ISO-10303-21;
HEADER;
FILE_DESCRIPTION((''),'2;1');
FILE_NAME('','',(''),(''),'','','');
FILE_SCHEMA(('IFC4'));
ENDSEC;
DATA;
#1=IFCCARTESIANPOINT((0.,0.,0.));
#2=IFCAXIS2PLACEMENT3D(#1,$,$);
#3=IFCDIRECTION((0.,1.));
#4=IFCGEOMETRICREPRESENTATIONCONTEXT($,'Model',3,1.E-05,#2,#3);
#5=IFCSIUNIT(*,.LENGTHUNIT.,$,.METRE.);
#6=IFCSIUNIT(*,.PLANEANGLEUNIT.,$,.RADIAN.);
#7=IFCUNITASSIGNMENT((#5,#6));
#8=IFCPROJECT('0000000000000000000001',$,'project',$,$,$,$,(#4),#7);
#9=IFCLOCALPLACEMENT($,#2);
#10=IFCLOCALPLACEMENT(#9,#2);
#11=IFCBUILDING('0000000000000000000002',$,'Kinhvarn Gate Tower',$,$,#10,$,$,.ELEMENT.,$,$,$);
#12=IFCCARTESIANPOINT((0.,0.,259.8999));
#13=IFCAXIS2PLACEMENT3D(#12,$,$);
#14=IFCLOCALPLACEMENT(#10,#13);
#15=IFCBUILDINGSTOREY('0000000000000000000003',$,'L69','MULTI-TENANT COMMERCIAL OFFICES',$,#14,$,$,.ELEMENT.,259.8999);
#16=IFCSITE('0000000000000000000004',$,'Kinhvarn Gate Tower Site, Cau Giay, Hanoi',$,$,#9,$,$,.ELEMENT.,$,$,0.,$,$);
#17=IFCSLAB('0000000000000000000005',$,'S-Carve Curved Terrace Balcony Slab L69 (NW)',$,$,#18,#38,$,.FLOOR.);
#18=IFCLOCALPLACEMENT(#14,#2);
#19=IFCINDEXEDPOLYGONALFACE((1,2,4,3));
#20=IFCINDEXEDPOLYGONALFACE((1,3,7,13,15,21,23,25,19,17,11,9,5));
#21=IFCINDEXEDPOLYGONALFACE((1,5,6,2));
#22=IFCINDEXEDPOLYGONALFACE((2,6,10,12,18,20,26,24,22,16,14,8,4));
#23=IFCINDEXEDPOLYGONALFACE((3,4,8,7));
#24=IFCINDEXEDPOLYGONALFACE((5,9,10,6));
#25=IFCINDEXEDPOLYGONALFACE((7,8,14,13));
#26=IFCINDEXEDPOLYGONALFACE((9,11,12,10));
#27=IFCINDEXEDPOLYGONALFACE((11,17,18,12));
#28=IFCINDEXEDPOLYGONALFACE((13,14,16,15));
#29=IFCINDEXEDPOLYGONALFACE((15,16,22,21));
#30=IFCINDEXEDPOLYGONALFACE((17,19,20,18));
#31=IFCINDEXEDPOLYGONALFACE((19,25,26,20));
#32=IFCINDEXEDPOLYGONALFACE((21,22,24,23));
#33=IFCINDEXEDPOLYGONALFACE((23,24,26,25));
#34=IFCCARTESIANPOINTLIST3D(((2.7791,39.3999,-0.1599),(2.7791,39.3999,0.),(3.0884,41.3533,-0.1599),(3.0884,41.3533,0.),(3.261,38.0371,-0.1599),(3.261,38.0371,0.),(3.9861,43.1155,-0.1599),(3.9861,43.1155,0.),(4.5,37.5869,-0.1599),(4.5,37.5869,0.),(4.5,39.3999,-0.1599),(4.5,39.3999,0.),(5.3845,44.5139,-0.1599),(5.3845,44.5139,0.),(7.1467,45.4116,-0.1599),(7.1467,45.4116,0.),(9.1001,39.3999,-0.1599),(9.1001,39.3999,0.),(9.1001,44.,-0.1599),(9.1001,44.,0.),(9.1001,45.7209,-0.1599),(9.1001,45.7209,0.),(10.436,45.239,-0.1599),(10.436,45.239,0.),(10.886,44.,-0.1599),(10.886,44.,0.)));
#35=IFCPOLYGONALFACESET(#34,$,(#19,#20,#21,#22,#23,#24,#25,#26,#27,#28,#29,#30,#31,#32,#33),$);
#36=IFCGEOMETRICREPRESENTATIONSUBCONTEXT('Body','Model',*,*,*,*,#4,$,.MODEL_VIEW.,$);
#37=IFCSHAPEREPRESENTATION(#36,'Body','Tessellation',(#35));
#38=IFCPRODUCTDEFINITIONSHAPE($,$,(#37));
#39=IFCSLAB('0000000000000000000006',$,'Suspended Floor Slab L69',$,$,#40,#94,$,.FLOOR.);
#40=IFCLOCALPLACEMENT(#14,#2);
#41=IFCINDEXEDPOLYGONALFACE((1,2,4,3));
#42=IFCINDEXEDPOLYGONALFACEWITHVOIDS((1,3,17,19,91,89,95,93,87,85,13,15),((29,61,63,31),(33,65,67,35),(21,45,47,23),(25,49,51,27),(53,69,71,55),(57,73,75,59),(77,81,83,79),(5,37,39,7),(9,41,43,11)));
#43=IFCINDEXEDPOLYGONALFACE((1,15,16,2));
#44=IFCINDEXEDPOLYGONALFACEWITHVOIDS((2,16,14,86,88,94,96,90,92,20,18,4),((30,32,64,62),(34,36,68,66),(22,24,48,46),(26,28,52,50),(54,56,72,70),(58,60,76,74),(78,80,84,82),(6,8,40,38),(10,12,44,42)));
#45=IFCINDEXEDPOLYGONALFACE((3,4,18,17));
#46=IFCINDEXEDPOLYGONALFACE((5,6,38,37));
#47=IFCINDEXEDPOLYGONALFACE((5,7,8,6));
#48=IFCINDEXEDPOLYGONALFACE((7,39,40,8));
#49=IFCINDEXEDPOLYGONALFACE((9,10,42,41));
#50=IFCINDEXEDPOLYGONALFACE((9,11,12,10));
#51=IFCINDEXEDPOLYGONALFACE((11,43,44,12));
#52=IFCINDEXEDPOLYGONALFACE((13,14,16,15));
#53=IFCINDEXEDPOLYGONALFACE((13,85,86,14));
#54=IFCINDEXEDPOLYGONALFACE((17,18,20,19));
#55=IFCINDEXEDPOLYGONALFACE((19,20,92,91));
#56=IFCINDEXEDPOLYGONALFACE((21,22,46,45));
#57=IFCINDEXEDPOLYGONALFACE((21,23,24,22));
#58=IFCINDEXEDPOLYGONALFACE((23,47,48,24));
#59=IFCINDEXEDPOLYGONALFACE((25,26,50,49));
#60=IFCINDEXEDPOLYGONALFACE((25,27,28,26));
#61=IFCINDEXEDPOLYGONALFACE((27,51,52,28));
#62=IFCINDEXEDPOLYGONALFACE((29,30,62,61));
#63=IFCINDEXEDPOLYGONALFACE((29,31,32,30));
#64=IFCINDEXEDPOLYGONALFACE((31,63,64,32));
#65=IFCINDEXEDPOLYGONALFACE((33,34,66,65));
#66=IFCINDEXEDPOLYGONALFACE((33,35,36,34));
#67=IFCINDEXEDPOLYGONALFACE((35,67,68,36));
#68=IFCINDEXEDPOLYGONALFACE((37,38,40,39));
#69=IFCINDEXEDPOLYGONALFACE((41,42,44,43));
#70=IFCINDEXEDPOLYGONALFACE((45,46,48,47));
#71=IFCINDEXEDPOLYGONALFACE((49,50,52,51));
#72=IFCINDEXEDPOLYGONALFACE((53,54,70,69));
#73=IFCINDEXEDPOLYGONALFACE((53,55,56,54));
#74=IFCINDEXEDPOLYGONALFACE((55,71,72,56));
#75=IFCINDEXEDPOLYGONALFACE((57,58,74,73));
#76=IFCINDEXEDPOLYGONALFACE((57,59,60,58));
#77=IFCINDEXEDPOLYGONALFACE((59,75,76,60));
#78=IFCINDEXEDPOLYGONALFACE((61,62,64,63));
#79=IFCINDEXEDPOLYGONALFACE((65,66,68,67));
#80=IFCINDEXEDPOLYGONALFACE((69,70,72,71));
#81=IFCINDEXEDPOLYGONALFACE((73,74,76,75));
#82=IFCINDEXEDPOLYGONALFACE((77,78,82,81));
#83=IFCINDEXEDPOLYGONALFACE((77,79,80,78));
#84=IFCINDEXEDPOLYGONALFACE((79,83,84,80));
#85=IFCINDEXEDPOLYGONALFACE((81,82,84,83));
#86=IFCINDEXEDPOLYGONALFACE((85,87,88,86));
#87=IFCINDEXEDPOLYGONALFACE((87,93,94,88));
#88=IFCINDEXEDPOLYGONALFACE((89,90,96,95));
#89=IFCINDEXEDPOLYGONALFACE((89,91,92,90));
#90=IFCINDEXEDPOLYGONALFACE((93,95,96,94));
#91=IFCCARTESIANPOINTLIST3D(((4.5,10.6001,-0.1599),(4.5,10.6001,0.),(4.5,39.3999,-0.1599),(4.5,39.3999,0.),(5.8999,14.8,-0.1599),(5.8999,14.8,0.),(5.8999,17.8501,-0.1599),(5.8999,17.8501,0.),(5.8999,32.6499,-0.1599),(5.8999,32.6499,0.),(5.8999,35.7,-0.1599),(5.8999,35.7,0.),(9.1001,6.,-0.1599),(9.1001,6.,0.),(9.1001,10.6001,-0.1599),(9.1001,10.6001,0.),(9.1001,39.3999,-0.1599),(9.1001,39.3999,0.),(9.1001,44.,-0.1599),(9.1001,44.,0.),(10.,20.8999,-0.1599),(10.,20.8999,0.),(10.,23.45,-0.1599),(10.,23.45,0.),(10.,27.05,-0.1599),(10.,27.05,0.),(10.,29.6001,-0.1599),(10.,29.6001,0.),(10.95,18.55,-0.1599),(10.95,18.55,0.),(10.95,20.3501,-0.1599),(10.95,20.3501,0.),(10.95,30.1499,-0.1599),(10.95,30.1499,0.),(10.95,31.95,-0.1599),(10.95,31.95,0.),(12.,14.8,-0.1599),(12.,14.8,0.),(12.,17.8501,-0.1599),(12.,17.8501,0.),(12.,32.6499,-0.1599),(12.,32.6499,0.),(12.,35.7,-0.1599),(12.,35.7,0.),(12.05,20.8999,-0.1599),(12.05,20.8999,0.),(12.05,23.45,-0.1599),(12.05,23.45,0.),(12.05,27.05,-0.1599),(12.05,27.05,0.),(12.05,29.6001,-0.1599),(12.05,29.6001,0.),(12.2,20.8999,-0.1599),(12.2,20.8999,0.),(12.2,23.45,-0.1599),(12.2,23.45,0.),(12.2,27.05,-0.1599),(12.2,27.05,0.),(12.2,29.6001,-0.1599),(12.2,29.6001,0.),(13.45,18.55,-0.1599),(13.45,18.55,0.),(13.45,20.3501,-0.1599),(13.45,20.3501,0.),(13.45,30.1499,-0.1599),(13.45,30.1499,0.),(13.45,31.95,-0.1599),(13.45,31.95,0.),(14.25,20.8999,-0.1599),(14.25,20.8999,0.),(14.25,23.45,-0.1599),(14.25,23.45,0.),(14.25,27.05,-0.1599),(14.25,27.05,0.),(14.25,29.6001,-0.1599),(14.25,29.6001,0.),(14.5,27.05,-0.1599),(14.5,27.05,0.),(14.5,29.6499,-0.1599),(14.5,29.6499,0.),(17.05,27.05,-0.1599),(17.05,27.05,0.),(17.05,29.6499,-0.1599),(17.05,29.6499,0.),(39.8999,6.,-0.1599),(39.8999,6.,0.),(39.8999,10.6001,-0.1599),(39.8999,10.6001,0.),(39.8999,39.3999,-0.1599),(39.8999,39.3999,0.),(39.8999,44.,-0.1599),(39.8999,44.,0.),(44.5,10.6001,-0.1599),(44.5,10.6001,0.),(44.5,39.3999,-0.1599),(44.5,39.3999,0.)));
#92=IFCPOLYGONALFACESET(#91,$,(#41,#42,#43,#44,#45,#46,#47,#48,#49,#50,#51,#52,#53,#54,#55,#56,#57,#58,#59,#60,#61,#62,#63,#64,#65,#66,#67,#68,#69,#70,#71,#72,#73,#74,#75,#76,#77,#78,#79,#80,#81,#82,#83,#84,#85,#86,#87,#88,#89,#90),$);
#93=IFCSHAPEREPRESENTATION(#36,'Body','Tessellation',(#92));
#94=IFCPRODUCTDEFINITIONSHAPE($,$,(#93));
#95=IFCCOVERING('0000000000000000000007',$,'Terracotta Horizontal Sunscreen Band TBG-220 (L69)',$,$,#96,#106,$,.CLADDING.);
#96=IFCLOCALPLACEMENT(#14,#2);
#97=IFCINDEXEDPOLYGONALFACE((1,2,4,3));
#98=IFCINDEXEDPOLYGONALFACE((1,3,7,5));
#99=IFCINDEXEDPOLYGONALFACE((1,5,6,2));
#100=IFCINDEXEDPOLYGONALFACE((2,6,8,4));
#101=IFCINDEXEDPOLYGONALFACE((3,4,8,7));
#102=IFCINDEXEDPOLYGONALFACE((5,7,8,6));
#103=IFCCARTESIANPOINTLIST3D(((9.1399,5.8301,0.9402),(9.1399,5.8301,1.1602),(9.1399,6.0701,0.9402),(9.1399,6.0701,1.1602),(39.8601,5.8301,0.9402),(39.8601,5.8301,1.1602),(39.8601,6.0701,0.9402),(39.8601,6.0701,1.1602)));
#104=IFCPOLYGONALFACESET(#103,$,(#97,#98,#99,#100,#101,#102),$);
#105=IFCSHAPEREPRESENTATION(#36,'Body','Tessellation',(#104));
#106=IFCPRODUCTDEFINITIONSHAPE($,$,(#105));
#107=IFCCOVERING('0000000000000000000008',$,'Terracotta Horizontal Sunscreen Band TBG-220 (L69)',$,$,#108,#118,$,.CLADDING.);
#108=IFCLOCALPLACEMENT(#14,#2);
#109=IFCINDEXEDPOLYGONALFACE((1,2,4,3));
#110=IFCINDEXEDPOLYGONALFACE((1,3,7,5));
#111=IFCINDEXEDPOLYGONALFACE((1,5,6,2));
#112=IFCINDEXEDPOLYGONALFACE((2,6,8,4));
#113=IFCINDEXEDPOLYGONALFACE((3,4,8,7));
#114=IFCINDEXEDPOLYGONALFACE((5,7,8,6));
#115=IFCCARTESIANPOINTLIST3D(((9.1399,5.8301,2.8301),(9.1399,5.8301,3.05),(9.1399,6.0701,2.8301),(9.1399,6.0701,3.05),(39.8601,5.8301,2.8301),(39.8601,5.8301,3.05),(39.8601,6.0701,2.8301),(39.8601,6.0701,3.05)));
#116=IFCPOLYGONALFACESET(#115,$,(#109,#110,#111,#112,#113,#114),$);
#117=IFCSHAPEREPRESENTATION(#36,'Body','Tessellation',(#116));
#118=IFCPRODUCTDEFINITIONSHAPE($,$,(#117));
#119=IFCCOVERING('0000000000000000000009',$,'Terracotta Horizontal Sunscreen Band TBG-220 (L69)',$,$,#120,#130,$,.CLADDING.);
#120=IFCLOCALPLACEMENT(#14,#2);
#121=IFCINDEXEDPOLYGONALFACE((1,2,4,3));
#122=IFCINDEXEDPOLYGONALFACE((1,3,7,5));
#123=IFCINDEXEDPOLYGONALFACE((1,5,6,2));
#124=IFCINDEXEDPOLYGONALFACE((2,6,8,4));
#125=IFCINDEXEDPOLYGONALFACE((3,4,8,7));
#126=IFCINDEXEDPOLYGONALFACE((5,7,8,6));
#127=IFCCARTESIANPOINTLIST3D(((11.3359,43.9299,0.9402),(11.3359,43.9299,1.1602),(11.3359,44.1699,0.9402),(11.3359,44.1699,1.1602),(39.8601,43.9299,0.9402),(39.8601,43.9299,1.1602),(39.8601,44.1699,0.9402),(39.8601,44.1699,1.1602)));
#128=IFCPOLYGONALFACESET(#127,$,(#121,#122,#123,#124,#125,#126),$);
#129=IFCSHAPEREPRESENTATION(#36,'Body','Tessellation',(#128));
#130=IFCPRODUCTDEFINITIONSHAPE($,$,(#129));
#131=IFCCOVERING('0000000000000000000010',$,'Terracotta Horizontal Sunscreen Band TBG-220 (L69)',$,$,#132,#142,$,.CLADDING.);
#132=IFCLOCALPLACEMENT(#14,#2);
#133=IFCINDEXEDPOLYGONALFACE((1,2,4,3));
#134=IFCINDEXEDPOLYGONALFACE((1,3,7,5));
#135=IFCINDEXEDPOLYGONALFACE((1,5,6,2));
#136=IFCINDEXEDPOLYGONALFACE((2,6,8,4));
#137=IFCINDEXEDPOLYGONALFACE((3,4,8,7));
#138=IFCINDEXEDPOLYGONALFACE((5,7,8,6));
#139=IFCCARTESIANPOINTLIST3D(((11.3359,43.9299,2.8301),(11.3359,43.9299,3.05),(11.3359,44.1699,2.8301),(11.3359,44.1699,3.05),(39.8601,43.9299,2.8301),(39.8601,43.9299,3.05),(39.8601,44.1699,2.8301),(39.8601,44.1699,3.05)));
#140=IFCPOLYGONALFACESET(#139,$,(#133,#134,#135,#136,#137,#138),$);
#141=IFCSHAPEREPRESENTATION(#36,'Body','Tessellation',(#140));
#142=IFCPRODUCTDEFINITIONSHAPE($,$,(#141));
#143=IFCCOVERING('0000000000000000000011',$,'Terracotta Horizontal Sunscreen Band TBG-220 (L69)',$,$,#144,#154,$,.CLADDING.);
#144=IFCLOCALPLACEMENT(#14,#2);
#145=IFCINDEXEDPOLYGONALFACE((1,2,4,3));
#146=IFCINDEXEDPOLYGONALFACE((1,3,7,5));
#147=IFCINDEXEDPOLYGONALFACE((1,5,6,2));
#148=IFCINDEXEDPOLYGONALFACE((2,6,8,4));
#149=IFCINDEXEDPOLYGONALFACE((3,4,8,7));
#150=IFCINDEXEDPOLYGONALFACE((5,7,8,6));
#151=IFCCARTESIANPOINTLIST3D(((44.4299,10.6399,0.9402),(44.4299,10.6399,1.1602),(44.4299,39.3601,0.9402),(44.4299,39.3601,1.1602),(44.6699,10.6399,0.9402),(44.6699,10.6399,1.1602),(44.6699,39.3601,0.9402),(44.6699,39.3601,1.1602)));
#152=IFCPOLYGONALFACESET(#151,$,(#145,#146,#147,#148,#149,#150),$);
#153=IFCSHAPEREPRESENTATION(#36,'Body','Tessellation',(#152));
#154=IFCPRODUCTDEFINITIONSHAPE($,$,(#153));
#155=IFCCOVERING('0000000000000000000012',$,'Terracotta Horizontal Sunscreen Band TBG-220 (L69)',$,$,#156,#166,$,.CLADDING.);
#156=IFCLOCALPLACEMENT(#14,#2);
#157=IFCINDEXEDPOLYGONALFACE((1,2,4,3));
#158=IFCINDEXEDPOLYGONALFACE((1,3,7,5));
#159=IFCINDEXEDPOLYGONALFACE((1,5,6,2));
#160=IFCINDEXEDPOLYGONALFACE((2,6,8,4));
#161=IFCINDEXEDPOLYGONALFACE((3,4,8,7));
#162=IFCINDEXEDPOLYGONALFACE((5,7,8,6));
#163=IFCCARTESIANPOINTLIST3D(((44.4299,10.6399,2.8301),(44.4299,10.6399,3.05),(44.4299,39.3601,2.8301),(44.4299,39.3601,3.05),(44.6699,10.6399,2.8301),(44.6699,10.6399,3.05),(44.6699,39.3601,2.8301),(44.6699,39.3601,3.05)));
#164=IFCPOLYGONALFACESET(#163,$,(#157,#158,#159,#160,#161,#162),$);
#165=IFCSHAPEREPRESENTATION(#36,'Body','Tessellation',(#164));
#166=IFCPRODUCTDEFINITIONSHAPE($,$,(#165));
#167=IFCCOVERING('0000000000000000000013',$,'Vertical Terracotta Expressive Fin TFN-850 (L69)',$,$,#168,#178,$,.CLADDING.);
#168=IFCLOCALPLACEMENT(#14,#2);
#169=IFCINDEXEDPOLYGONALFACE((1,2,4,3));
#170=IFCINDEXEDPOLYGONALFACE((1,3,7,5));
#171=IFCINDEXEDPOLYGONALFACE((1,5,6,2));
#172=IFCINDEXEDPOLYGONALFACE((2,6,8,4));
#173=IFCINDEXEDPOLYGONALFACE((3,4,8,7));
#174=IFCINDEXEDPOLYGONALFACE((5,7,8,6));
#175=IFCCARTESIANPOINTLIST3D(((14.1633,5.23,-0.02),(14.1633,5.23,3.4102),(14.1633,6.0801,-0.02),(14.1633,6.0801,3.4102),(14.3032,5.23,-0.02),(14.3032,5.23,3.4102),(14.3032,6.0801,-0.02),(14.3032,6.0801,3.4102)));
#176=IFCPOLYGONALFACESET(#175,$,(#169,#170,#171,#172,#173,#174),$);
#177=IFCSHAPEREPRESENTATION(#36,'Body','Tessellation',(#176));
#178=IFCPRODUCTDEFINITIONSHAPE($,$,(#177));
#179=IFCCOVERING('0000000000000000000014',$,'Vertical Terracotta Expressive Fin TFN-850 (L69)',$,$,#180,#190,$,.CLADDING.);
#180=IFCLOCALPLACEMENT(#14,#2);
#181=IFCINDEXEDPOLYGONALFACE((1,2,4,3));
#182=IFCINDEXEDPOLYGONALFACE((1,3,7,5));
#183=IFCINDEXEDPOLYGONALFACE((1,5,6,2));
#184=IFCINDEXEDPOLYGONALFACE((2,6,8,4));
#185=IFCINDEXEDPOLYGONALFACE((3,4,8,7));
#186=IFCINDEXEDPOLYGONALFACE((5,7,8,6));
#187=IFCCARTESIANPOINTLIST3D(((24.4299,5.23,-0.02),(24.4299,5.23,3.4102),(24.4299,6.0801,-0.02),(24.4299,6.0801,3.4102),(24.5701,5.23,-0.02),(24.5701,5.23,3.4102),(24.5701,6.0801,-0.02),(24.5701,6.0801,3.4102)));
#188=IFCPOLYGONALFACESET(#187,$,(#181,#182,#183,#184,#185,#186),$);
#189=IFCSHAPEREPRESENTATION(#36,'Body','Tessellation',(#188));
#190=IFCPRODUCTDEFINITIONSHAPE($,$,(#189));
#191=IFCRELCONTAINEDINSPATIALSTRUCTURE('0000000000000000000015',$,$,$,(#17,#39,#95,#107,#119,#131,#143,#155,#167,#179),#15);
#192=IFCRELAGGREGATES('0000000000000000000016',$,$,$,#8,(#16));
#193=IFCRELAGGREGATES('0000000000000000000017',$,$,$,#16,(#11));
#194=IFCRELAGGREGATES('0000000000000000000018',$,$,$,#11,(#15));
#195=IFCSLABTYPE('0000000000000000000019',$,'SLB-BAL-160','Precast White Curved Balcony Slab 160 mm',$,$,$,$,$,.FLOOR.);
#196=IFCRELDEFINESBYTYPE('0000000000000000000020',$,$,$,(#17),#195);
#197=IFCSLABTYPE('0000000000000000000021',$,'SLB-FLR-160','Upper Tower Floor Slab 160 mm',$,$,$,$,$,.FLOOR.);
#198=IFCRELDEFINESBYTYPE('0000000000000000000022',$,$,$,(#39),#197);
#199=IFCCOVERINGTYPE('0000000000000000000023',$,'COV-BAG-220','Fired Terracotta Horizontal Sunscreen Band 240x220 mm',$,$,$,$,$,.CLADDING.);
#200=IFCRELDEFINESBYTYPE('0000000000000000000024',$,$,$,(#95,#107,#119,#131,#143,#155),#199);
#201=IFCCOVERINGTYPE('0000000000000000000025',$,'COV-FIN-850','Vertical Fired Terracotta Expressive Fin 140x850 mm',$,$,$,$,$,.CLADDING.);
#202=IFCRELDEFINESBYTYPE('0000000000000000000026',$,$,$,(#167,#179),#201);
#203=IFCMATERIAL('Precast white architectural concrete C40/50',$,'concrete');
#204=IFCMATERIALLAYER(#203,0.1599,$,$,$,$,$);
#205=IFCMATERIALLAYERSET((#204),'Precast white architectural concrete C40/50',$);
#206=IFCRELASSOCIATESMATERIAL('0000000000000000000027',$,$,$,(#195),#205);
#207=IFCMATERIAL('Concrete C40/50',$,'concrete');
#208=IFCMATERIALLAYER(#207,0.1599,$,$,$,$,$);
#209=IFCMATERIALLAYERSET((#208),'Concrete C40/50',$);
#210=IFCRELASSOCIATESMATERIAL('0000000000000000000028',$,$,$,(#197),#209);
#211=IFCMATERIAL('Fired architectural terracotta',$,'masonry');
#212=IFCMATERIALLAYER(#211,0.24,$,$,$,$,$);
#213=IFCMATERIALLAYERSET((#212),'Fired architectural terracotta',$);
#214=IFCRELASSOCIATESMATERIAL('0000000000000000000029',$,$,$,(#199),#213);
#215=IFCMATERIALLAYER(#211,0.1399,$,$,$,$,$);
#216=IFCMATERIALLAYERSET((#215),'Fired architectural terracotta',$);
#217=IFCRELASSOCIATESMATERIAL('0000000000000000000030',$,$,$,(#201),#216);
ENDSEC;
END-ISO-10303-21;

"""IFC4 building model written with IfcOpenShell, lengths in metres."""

from ifc_helpers import new_model, si_unit, direction, frame, origin, place, context, subcontext, project, spatial, polyline, outline, extrude, material, layer, layer_set, type_object, element, save


model = new_model("IFC4")

# Units and contexts
model_context = context("Model", 3, precision=1e-05, world=origin(), true_north=direction((0.0, 1.0)))
body_context = subcontext(model_context, "Body", "Model", "MODEL_VIEW")
ifc_project = project(units=[si_unit("LENGTHUNIT", "METRE"), si_unit("PLANEANGLEUNIT", "RADIAN")], contexts=[model_context])

# Site, building, storey
site_placement = place(None, origin())
site = spatial("IfcSite", under=ifc_project, at=site_placement, Name="Kinhvarn Gate Tower Site, Cau Giay, Hanoi", CompositionType="ELEMENT", RefElevation=0.0)
building_placement = place(site_placement, origin())
building = spatial("IfcBuilding", under=site, at=building_placement, Name="Kinhvarn Gate Tower", CompositionType="ELEMENT")
storey_placement = place(building_placement, frame((0.0, 0.0, 259.8999)))
storey = spatial("IfcBuildingStorey", under=building, at=storey_placement, Name="L69", Description="MULTI-TENANT COMMERCIAL OFFICES", CompositionType="ELEMENT", Elevation=259.8999)

# Slabs
ifc_material_1 = material(Name="Precast white architectural concrete C40/50", Category="concrete")
ifc_layer_1 = layer(ifc_material_1, 0.1599)
ifc_layer_set_1 = layer_set([ifc_layer_1], Name="Precast white architectural concrete C40/50")
slab_type_1 = type_object("IfcSlabType", Name="SLB-BAL-160", Description="Precast White Curved Balcony Slab 160 mm", PredefinedType="FLOOR", material=ifc_layer_set_1)
slab_1_placement = place(storey_placement, frame((0.0, 0.0, -0.1599)))
element("IfcSlab", 1, at=slab_1_placement, inside=storey, type_object=slab_type_1, Name="S-Carve Curved Terrace Balcony Slab L69 (NW)", PredefinedType="FLOOR", context=body_context, shape_type="SweptSolid", body=[
    extrude(outline(polyline([(10.886, 44.0), (10.436, 45.239), (9.1001, 45.7209), (7.1467, 45.4116), (5.3845, 44.5139), (3.9861, 43.1155), (3.0884, 41.3533), (2.7791, 39.3999), (3.261, 38.0371), (4.5, 37.5869), (4.5, 39.3999), (9.1001, 39.3999), (9.1001, 44.0), (10.886, 44.0)])), origin(), (0.0, 0.0, 1.0), 0.1599),
])
ifc_material_2 = material(Name="Concrete C40/50", Category="concrete")
ifc_layer_2 = layer(ifc_material_2, 0.1599)
ifc_layer_set_2 = layer_set([ifc_layer_2], Name="Concrete C40/50")
slab_type_2 = type_object("IfcSlabType", Name="SLB-FLR-160", Description="Upper Tower Floor Slab 160 mm", PredefinedType="FLOOR", material=ifc_layer_set_2)
slab_2_placement = place(storey_placement, frame((0.0, 0.0, -0.1599)))
element("IfcSlab", 2, at=slab_2_placement, inside=storey, type_object=slab_type_2, Name="Suspended Floor Slab L69", PredefinedType="FLOOR", context=body_context, shape_type="SweptSolid", body=[
    extrude(outline(polyline([(9.1001, 6.0), (39.8999, 6.0), (39.8999, 10.6001), (44.5, 10.6001), (44.5, 39.3999), (39.8999, 39.3999), (39.8999, 44.0), (9.1001, 44.0), (9.1001, 39.3999), (4.5, 39.3999), (4.5, 10.6001), (9.1001, 10.6001), (9.1001, 6.0)]), holes=[polyline([(5.8999, 14.8), (12.0, 14.8), (12.0, 17.8501), (5.8999, 17.8501), (5.8999, 14.8)]), polyline([(5.8999, 32.6499), (12.0, 32.6499), (12.0, 35.7), (5.8999, 35.7), (5.8999, 32.6499)]), polyline([(10.0, 20.8999), (12.05, 20.8999), (12.05, 23.45), (10.0, 23.45), (10.0, 20.8999)]), polyline([(12.2, 20.8999), (14.25, 20.8999), (14.25, 23.45), (12.2, 23.45), (12.2, 20.8999)]), polyline([(10.0, 27.05), (12.05, 27.05), (12.05, 29.6001), (10.0, 29.6001), (10.0, 27.05)]), polyline([(12.2, 27.05), (14.25, 27.05), (14.25, 29.6001), (12.2, 29.6001), (12.2, 27.05)]), polyline([(14.5, 27.05), (17.05, 27.05), (17.05, 29.6499), (14.5, 29.6499), (14.5, 27.05)]), polyline([(10.95, 18.55), (13.45, 18.55), (13.45, 20.3501), (10.95, 20.3501), (10.95, 18.55)]), polyline([(10.95, 30.1499), (13.45, 30.1499), (13.45, 31.95), (10.95, 31.95), (10.95, 30.1499)])]), origin(), (0.0, 0.0, 1.0), 0.1599),
])

# Coverings
ifc_material_3 = material(Name="Fired architectural terracotta", Category="masonry")
ifc_layer_3 = layer(ifc_material_3, 0.24)
ifc_layer_set_3 = layer_set([ifc_layer_3], Name="Fired architectural terracotta")
covering_type_1 = type_object("IfcCoveringType", Name="COV-BAG-220", Description="Fired Terracotta Horizontal Sunscreen Band 240x220 mm", PredefinedType="CLADDING", material=ifc_layer_set_3)
for number, where, name in (
    (3, (0.0, 0.0, 0.9402), "Terracotta Horizontal Sunscreen Band TBG-220 (L69)"),
    (4, (0.0, 0.0, 2.8301), "Terracotta Horizontal Sunscreen Band TBG-220 (L69)"),
):
    element("IfcCovering", number, at=place(storey_placement, frame(where)), inside=storey, type_object=covering_type_1, Name=name, PredefinedType="CLADDING", context=body_context, shape_type="SweptSolid", body=[
        extrude(outline(polyline([(9.1399, 6.0701), (39.8601, 6.0701), (39.8601, 5.8301), (9.1399, 5.8301), (9.1399, 6.0701)])), origin(), (0.0, 0.0, 1.0), 0.22),
    ])
for number, where, name in (
    (5, (0.0, 0.0, 0.9402), "Terracotta Horizontal Sunscreen Band TBG-220 (L69)"),
    (6, (0.0, 0.0, 2.8301), "Terracotta Horizontal Sunscreen Band TBG-220 (L69)"),
):
    element("IfcCovering", number, at=place(storey_placement, frame(where)), inside=storey, type_object=covering_type_1, Name=name, PredefinedType="CLADDING", context=body_context, shape_type="SweptSolid", body=[
        extrude(outline(polyline([(39.8601, 43.9299), (11.3359, 43.9299), (11.3359, 44.1699), (39.8601, 44.1699), (39.8601, 43.9299)])), origin(), (0.0, 0.0, 1.0), 0.22),
    ])
for number, where, name in (
    (7, (0.0, 0.0, 0.9402), "Terracotta Horizontal Sunscreen Band TBG-220 (L69)"),
    (8, (0.0, 0.0, 2.8301), "Terracotta Horizontal Sunscreen Band TBG-220 (L69)"),
):
    element("IfcCovering", number, at=place(storey_placement, frame(where)), inside=storey, type_object=covering_type_1, Name=name, PredefinedType="CLADDING", context=body_context, shape_type="SweptSolid", body=[
        extrude(outline(polyline([(44.4299, 10.6399), (44.4299, 39.3601), (44.6699, 39.3601), (44.6699, 10.6399), (44.4299, 10.6399)])), origin(), (0.0, 0.0, 1.0), 0.22),
    ])
ifc_layer_4 = layer(ifc_material_3, 0.1399)
ifc_layer_set_4 = layer_set([ifc_layer_4], Name="Fired architectural terracotta")
covering_type_2 = type_object("IfcCoveringType", Name="COV-FIN-850", Description="Vertical Fired Terracotta Expressive Fin 140x850 mm", PredefinedType="CLADDING", material=ifc_layer_set_4)
covering_1_placement = place(storey_placement, frame((0.0, 0.0, -0.02)))
element("IfcCovering", 9, at=covering_1_placement, inside=storey, type_object=covering_type_2, Name="Vertical Terracotta Expressive Fin TFN-850 (L69)", PredefinedType="CLADDING", context=body_context, shape_type="SweptSolid", body=[
    extrude(outline(polyline([(14.1633, 6.0801), (14.3032, 6.0801), (14.3032, 5.23), (14.1633, 5.23), (14.1633, 6.0801)])), origin(), (0.0, 0.0, 1.0), 3.4302),
])
covering_2_placement = place(storey_placement, frame((0.0, 0.0, -0.02)))
element("IfcCovering", 10, at=covering_2_placement, inside=storey, type_object=covering_type_2, Name="Vertical Terracotta Expressive Fin TFN-850 (L69)", PredefinedType="CLADDING", context=body_context, shape_type="SweptSolid", body=[
    extrude(outline(polyline([(24.4299, 6.0801), (24.5701, 6.0801), (24.5701, 5.23), (24.4299, 5.23), (24.4299, 6.0801)])), origin(), (0.0, 0.0, 1.0), 3.4302),
])

save(model, "model.ifc")
